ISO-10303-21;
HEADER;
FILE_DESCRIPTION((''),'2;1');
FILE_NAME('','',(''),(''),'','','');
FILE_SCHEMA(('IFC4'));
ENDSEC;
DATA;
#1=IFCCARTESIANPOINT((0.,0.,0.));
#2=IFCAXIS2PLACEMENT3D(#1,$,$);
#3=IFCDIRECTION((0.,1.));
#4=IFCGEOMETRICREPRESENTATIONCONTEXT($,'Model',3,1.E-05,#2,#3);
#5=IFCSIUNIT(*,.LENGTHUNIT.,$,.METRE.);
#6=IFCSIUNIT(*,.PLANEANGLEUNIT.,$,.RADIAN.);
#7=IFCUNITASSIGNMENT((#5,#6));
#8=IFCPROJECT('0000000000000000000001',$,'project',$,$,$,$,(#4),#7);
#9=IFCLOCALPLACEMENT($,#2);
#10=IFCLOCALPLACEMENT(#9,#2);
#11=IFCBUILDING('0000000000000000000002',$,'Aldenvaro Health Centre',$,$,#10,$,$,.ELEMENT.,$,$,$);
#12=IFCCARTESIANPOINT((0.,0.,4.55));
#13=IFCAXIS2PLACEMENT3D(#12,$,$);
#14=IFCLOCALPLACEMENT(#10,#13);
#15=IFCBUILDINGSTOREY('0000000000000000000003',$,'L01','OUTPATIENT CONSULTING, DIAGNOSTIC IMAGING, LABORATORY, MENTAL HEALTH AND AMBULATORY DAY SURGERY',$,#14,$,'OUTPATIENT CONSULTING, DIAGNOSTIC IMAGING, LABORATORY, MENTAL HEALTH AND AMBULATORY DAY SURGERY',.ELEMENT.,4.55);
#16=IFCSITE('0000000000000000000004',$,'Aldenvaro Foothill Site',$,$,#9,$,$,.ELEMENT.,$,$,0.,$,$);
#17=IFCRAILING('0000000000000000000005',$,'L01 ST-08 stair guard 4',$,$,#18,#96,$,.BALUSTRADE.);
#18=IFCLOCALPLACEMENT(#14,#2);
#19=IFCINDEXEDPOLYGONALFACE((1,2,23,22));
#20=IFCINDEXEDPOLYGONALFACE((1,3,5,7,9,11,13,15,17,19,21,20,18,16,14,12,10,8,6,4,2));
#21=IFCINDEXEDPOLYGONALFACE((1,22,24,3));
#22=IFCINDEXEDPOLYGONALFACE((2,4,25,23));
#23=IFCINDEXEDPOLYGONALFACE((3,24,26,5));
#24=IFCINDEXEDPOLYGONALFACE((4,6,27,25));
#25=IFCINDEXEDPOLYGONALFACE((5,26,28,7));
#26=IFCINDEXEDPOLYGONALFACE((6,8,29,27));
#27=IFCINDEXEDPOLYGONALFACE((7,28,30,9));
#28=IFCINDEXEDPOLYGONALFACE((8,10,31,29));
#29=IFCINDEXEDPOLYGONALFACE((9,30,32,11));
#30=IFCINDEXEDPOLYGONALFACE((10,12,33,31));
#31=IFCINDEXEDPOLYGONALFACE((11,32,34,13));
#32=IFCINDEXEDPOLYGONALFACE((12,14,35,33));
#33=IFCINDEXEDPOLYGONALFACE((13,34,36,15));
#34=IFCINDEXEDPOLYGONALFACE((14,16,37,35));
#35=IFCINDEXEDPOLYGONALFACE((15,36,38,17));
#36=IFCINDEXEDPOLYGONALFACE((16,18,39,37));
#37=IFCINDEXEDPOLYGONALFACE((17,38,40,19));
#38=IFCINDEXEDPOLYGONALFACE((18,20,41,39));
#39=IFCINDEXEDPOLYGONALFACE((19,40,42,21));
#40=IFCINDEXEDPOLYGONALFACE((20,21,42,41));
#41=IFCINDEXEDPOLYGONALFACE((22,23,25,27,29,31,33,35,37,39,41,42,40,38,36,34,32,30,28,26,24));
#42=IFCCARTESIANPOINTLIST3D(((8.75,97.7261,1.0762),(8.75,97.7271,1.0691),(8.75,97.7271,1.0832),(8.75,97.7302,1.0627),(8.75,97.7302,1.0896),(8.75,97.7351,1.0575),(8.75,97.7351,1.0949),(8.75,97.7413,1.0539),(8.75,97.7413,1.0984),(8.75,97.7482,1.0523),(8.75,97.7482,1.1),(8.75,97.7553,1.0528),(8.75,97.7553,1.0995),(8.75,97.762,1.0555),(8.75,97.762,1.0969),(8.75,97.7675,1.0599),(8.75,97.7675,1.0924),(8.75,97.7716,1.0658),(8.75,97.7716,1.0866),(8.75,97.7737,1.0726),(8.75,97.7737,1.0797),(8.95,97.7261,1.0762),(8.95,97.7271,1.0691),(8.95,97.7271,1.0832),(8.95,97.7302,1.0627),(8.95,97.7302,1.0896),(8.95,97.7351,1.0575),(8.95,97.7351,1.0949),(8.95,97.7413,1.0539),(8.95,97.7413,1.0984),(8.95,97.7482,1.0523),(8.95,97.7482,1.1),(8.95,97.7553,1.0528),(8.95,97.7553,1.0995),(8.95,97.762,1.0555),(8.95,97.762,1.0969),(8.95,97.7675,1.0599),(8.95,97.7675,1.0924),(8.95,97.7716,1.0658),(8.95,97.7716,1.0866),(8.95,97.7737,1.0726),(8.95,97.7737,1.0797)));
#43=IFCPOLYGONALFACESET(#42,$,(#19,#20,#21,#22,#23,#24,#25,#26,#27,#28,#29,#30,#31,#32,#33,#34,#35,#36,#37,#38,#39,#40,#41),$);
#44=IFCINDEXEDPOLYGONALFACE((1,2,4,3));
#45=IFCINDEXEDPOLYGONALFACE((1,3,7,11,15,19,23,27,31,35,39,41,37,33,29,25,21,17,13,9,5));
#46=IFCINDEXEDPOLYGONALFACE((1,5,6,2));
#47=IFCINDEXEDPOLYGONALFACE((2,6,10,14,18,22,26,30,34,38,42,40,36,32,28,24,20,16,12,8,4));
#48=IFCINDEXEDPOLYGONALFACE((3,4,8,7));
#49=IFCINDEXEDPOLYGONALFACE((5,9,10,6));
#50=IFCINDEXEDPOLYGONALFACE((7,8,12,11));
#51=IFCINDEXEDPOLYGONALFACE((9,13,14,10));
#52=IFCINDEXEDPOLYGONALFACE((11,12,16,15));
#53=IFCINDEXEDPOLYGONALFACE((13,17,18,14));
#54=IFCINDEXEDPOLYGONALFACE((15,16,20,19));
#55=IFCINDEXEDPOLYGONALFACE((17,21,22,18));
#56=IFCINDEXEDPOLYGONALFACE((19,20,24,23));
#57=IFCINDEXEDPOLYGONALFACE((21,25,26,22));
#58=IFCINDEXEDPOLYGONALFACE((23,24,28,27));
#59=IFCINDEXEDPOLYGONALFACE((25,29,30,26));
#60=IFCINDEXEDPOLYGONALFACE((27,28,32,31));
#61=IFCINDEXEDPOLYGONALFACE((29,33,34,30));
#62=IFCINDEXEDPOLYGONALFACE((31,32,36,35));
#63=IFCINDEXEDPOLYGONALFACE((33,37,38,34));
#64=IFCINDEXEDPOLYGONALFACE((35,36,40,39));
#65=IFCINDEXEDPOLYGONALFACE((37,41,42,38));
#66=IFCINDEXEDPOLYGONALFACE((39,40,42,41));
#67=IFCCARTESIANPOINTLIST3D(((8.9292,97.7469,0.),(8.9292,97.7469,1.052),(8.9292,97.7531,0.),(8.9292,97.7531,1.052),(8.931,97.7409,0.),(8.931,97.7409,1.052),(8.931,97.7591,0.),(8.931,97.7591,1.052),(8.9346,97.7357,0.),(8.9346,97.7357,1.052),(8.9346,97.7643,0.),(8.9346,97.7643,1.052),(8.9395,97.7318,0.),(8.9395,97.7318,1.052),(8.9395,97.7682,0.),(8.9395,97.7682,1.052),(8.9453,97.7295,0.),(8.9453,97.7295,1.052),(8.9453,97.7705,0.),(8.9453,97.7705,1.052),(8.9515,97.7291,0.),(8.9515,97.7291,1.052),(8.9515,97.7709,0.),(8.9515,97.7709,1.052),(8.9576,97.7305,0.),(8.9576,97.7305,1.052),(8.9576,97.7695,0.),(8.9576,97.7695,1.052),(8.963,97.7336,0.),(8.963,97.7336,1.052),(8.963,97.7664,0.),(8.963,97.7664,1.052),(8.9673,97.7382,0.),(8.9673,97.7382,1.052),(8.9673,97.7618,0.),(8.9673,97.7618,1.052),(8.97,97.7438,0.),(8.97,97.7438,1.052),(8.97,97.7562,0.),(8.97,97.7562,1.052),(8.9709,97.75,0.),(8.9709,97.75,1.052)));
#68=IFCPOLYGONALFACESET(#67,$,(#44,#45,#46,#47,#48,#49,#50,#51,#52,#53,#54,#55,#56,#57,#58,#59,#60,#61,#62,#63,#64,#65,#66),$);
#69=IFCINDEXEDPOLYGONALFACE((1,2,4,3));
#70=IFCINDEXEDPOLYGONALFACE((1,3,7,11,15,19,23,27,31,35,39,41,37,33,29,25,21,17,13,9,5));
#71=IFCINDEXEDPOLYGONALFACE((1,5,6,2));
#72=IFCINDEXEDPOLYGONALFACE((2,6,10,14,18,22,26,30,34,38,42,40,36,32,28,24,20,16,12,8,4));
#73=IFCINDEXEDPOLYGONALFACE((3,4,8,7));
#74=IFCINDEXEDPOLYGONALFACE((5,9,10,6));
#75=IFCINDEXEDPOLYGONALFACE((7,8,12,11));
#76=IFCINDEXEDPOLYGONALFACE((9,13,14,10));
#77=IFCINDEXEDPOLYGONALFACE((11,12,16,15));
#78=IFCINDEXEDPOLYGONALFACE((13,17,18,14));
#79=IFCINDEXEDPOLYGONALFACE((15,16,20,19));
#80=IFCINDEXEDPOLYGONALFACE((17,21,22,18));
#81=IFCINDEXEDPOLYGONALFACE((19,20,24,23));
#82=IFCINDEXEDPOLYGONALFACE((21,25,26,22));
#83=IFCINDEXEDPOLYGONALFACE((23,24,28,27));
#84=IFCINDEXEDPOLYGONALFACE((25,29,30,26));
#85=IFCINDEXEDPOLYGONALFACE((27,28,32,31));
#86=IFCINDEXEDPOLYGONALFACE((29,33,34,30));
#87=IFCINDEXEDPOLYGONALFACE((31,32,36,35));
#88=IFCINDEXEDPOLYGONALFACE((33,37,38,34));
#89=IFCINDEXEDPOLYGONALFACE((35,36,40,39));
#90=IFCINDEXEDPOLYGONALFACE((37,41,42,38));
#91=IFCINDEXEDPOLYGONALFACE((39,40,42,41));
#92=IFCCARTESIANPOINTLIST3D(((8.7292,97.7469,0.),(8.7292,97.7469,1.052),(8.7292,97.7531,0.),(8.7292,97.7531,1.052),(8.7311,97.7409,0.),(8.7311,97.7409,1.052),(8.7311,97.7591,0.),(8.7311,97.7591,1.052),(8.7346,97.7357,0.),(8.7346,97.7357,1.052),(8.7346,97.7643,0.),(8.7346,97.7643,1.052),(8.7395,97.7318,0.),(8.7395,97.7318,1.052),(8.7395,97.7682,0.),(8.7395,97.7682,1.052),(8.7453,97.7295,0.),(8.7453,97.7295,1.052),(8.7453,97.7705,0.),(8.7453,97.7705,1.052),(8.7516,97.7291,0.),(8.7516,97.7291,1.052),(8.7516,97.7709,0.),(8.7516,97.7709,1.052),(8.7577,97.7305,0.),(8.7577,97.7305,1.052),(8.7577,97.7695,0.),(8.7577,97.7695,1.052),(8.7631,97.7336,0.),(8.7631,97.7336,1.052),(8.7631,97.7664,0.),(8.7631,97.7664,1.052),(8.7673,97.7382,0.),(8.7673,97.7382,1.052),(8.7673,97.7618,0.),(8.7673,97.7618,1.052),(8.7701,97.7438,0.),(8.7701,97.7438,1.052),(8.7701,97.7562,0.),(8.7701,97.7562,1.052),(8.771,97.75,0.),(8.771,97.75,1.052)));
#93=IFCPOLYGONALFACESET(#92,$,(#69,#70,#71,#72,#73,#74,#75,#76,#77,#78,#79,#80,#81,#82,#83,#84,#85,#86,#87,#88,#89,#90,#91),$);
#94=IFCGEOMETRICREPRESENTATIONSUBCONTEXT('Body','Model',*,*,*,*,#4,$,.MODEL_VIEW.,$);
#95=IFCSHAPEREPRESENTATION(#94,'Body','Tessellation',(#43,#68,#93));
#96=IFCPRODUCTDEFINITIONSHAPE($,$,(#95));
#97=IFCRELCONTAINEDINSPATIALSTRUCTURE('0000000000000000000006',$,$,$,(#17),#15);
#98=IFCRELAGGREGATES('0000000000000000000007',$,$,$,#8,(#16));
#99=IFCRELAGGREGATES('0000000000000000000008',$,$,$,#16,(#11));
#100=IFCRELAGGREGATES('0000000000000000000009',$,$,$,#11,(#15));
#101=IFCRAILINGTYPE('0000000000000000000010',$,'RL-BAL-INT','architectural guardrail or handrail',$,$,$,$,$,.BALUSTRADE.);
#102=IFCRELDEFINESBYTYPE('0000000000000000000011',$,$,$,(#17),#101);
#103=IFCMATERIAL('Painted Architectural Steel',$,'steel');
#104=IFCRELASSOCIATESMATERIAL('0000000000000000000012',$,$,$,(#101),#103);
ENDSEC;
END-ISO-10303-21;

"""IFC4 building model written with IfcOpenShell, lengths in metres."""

from ifc_helpers import new_model, si_unit, direction, frame, origin, origin_2d, place, context, subcontext, project, spatial, circle, extrude, material, type_object, element, save


model = new_model("IFC4")

# Units and contexts
model_context = context("Model", 3, precision=1e-05, world=origin(), true_north=direction((0.0, 1.0)))
body_context = subcontext(model_context, "Body", "Model", "MODEL_VIEW")
ifc_project = project(units=[si_unit("LENGTHUNIT", "METRE"), si_unit("PLANEANGLEUNIT", "RADIAN")], contexts=[model_context])

# Site, building, storey
site_placement = place(None, origin())
site = spatial("IfcSite", under=ifc_project, at=site_placement, Name="Aldenvaro Foothill Site", CompositionType="ELEMENT", RefElevation=0.0)
building_placement = place(site_placement, origin())
building = spatial("IfcBuilding", under=site, at=building_placement, Name="Aldenvaro Health Centre", CompositionType="ELEMENT")
storey_placement = place(building_placement, frame((0.0, 0.0, 4.55)))
storey = spatial("IfcBuildingStorey", under=building, at=storey_placement, Name="L01", Description="OUTPATIENT CONSULTING, DIAGNOSTIC IMAGING, LABORATORY, MENTAL HEALTH AND AMBULATORY DAY SURGERY", LongName="OUTPATIENT CONSULTING, DIAGNOSTIC IMAGING, LABORATORY, MENTAL HEALTH AND AMBULATORY DAY SURGERY", CompositionType="ELEMENT", Elevation=4.55)

# Railing
ifc_material_1 = material(Name="Painted Architectural Steel", Category="steel")
railing_type_1 = type_object("IfcRailingType", Name="RL-BAL-INT", Description="architectural guardrail or handrail", PredefinedType="BALUSTRADE", material=ifc_material_1)
railing_1_placement = place(storey_placement, frame((8.95, 97.75, 0.0)))
element("IfcRailing", 1, at=railing_1_placement, inside=storey, type_object=railing_type_1, Name="L01 ST-08 stair guard 4", PredefinedType="BALUSTRADE", context=body_context, shape_type="SweptSolid", body=[
    extrude(circle(Radius=0.0239, at=origin_2d()), frame((0.0, 0.0, 1.0762), z_axis=(-1.0, 0.0, 0.0), x_axis=(0.0, -1.0, 0.0)), (0.0, 0.0, 1.0), 0.2),
    extrude(circle(Radius=0.021, at=origin_2d()), origin(), (0.0, 0.0, 1.0), 1.052),
    extrude(circle(Radius=0.021, at=origin_2d()), frame((-0.2, 0.0, 0.0)), (0.0, 0.0, 1.0), 1.052),
])

save(model, "model.ifc")
